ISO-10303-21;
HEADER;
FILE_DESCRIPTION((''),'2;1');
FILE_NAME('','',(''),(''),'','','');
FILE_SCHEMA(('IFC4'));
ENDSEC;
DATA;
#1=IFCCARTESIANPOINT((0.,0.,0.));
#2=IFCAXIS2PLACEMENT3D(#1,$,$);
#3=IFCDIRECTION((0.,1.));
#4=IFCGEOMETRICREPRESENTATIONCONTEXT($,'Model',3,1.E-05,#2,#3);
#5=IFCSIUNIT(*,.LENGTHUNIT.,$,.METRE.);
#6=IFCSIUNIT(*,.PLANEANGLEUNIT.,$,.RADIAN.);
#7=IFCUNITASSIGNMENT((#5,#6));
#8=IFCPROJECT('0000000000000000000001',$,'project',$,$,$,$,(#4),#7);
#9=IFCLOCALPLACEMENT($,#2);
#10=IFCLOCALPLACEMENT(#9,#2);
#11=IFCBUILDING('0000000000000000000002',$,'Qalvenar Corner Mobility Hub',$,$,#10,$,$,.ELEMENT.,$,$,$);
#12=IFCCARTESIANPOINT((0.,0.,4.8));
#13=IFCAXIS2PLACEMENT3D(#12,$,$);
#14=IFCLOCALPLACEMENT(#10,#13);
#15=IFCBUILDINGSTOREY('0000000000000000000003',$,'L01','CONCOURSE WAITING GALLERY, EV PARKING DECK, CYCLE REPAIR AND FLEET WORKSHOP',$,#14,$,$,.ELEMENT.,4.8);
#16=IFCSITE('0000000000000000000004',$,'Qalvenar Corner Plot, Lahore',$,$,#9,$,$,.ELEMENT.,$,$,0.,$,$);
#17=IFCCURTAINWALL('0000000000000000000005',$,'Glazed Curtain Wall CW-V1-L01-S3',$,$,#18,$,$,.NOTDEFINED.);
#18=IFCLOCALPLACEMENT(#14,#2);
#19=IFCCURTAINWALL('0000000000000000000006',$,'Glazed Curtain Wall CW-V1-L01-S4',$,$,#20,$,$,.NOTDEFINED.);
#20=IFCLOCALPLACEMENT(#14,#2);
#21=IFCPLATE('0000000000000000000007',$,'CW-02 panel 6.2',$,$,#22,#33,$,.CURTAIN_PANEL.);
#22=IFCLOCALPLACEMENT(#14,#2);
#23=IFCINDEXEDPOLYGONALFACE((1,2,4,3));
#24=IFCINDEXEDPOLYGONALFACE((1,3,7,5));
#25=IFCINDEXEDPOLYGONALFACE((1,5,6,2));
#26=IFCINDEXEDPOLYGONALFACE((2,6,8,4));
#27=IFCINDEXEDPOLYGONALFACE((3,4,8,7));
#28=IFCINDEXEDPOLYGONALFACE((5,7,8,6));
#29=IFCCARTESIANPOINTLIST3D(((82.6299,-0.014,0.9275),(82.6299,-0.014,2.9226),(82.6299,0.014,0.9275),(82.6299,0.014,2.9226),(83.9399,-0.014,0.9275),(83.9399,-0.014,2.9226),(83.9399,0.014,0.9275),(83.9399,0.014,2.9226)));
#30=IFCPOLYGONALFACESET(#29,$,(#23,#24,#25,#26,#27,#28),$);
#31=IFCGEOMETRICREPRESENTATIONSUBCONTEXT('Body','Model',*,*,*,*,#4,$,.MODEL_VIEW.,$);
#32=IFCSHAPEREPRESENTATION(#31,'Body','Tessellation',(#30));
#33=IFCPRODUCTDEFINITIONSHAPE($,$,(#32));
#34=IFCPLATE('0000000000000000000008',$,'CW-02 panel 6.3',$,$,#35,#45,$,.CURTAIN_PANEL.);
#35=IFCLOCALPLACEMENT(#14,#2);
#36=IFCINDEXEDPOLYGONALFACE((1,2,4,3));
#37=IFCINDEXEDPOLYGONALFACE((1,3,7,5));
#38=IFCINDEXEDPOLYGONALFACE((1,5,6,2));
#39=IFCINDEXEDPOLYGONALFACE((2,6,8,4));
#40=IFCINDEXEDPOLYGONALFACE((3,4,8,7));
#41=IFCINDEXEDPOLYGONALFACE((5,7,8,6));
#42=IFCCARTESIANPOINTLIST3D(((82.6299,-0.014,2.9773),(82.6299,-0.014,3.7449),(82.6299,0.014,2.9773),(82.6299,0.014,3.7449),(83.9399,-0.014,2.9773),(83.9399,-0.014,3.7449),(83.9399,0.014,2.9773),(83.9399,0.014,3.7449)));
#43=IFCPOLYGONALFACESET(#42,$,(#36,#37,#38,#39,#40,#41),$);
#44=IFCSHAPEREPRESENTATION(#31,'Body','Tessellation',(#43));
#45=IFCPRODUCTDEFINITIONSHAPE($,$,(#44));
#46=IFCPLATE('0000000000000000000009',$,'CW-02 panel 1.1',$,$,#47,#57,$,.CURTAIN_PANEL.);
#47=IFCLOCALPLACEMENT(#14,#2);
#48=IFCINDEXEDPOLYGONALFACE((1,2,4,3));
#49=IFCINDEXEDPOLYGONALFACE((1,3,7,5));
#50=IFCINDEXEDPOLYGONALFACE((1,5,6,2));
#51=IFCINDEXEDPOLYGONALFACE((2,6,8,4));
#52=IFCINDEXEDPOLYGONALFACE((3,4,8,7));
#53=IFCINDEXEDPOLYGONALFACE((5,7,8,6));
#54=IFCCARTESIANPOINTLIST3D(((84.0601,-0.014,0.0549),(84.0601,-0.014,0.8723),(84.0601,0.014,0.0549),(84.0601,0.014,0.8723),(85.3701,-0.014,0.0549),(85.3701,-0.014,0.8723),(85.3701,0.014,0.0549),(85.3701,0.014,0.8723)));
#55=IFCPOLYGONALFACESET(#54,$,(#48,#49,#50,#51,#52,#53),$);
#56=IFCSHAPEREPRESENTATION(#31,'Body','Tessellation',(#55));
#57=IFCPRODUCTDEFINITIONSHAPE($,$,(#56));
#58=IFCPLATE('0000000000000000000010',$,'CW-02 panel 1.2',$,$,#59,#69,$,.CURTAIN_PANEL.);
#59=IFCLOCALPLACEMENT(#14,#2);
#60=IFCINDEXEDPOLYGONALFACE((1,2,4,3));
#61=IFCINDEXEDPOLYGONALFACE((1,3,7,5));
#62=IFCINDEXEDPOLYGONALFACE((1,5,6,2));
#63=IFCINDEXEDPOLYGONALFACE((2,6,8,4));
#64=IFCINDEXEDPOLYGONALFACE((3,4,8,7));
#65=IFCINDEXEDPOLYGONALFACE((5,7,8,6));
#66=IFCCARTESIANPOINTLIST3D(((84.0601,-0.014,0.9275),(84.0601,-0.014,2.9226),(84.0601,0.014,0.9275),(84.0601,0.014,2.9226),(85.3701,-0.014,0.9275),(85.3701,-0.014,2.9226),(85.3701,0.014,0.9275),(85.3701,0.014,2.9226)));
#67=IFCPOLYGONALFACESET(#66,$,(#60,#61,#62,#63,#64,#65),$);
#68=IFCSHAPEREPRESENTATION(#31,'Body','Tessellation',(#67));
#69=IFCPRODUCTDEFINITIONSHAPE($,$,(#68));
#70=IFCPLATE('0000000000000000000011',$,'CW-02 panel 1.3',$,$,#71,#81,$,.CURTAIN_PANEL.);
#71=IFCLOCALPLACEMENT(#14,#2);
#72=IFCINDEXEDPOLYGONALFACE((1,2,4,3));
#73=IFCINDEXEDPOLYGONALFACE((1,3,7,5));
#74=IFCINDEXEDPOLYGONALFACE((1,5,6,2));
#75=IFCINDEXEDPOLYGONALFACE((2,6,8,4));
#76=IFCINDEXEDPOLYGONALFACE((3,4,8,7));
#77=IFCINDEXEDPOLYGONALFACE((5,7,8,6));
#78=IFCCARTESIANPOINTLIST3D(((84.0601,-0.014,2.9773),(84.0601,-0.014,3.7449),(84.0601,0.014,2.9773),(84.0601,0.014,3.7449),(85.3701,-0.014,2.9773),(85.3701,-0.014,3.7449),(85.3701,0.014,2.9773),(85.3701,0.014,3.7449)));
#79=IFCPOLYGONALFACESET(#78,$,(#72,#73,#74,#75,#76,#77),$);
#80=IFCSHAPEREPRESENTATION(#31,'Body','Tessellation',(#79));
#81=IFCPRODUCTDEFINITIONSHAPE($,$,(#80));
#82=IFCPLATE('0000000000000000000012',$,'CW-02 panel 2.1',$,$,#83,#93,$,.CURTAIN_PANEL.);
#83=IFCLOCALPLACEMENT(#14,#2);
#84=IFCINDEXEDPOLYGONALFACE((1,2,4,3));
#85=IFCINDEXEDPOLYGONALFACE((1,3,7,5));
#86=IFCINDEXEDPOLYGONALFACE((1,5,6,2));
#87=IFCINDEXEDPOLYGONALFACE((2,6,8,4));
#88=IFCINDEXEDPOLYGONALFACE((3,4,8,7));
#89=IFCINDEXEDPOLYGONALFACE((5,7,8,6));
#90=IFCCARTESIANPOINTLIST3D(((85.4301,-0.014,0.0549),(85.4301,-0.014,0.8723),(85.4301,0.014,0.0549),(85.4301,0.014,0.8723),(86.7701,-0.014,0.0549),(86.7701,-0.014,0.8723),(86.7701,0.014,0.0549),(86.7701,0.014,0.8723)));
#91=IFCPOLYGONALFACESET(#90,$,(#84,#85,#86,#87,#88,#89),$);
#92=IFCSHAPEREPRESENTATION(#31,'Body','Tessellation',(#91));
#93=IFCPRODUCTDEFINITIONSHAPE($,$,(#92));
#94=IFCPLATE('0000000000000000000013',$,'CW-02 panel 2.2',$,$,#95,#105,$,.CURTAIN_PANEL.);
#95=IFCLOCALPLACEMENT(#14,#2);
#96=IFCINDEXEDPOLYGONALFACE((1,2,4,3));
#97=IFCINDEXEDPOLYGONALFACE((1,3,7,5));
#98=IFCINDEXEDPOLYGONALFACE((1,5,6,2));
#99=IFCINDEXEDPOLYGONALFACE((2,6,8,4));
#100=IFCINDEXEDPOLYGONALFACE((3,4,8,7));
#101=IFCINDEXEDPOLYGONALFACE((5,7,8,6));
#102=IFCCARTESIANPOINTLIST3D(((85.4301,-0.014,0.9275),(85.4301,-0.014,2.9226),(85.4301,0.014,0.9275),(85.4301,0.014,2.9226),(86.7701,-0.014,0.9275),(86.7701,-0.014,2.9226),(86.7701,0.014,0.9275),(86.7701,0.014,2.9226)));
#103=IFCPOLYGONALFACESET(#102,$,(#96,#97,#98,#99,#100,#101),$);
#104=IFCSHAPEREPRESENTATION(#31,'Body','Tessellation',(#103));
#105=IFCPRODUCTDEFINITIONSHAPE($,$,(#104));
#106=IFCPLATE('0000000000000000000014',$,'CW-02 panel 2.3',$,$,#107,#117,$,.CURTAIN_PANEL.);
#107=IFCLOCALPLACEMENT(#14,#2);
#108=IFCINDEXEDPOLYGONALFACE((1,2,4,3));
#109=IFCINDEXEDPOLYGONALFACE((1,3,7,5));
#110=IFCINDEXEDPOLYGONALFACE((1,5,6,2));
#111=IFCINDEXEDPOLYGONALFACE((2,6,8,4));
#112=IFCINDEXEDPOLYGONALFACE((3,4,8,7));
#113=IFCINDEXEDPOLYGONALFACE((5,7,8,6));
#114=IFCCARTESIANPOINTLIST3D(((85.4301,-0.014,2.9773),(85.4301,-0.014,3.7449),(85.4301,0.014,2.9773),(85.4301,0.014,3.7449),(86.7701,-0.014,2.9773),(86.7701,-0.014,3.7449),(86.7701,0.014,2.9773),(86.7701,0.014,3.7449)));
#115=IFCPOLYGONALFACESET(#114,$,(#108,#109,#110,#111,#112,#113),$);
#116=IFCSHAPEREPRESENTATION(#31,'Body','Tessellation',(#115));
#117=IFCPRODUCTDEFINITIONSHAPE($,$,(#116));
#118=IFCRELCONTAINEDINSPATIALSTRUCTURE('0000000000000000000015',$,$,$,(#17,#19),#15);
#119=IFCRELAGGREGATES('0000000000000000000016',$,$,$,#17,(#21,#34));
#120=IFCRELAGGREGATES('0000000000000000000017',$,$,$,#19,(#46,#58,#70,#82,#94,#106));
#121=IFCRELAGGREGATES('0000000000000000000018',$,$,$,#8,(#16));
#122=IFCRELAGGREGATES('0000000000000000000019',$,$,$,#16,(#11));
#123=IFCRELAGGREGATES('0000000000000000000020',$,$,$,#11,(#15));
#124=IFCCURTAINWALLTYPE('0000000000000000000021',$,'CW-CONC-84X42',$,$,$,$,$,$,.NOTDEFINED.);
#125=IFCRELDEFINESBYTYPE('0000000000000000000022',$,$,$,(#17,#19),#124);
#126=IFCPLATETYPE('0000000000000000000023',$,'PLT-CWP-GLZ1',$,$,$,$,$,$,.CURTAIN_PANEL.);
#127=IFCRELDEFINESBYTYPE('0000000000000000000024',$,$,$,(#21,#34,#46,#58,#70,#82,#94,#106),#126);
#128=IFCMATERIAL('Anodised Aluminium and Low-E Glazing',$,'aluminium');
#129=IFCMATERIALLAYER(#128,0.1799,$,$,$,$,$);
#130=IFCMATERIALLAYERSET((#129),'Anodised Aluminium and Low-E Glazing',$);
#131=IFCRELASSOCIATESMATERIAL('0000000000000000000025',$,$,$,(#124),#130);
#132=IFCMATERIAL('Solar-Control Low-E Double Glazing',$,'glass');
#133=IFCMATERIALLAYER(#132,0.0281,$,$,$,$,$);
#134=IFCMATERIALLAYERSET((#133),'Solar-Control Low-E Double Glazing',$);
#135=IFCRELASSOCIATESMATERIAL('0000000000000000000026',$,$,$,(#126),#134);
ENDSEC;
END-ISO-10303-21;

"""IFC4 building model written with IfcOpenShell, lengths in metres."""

from ifc_helpers import new_model, si_unit, direction, frame, origin, origin_2d, place, context, subcontext, project, spatial, rectangle, extrude, material, layer, layer_set, type_object, element, aggregate, save


model = new_model("IFC4")

# Units and contexts
model_context = context("Model", 3, precision=1e-05, world=origin(), true_north=direction((0.0, 1.0)))
body_context = subcontext(model_context, "Body", "Model", "MODEL_VIEW")
ifc_project = project(units=[si_unit("LENGTHUNIT", "METRE"), si_unit("PLANEANGLEUNIT", "RADIAN")], contexts=[model_context])

# Site, building, storey
site_placement = place(None, origin())
site = spatial("IfcSite", under=ifc_project, at=site_placement, Name="Qalvenar Corner Plot, Lahore", CompositionType="ELEMENT", RefElevation=0.0)
building_placement = place(site_placement, origin())
building = spatial("IfcBuilding", under=site, at=building_placement, Name="Qalvenar Corner Mobility Hub", CompositionType="ELEMENT")
storey_placement = place(building_placement, frame((0.0, 0.0, 4.8)))
storey = spatial("IfcBuildingStorey", under=building, at=storey_placement, Name="L01", Description="CONCOURSE WAITING GALLERY, EV PARKING DECK, CYCLE REPAIR AND FLEET WORKSHOP", CompositionType="ELEMENT", Elevation=4.8)

# Curtain walls
ifc_material_1 = material(Name="Anodised Aluminium and Low-E Glazing", Category="aluminium")
ifc_layer_1 = layer(ifc_material_1, 0.1799)
ifc_layer_set_1 = layer_set([ifc_layer_1], Name="Anodised Aluminium and Low-E Glazing")
curtain_wall_type = type_object("IfcCurtainWallType", Name="CW-CONC-84X42", PredefinedType="NOTDEFINED", material=ifc_layer_set_1)
curtain_wall_1_placement = place(storey_placement, origin())
curtain_wall_1 = element("IfcCurtainWall", 1, at=curtain_wall_1_placement, inside=storey, type_object=curtain_wall_type, Name="Glazed Curtain Wall CW-V1-L01-S3", PredefinedType="NOTDEFINED")
curtain_wall_2_placement = place(storey_placement, origin())
curtain_wall_2 = element("IfcCurtainWall", 2, at=curtain_wall_2_placement, inside=storey, type_object=curtain_wall_type, Name="Glazed Curtain Wall CW-V1-L01-S4", PredefinedType="NOTDEFINED")

# Plates
ifc_material_2 = material(Name="Solar-Control Low-E Double Glazing", Category="glass")
ifc_layer_2 = layer(ifc_material_2, 0.0281)
ifc_layer_set_2 = layer_set([ifc_layer_2], Name="Solar-Control Low-E Double Glazing")
plate_type = type_object("IfcPlateType", Name="PLT-CWP-GLZ1", PredefinedType="CURTAIN_PANEL", material=ifc_layer_set_2)
plate_1_placement = place(storey_placement, frame((83.2849, 0.0, 0.9275), z_axis=(0.0, 0.0, 1.0), x_axis=(1.0, 0.0, 0.0)))
plate_1 = element("IfcPlate", 3, at=plate_1_placement, type_object=plate_type, Name="CW-02 panel 6.2", PredefinedType="CURTAIN_PANEL", context=body_context, shape_type="SweptSolid", body=[
    extrude(rectangle(XDim=1.3101, YDim=0.0281, at=origin_2d()), origin(), (0.0, 0.0, 1.0), 1.9951),
])
plate_2_placement = place(storey_placement, frame((83.2849, 0.0, 2.9773), z_axis=(0.0, 0.0, 1.0), x_axis=(1.0, 0.0, 0.0)))
plate_2 = element("IfcPlate", 4, at=plate_2_placement, type_object=plate_type, Name="CW-02 panel 6.3", PredefinedType="CURTAIN_PANEL", context=body_context, shape_type="SweptSolid", body=[
    extrude(rectangle(XDim=1.3101, YDim=0.0281, at=origin_2d()), origin(), (0.0, 0.0, 1.0), 0.7676),
])
aggregate(curtain_wall_1, [plate_1, plate_2])
plate_3_placement = place(storey_placement, frame((84.7151, 0.0, 0.0549), z_axis=(0.0, 0.0, 1.0), x_axis=(1.0, 0.0, 0.0)))
plate_3 = element("IfcPlate", 5, at=plate_3_placement, type_object=plate_type, Name="CW-02 panel 1.1", PredefinedType="CURTAIN_PANEL", context=body_context, shape_type="SweptSolid", body=[
    extrude(rectangle(XDim=1.3101, YDim=0.0281, at=origin_2d()), origin(), (0.0, 0.0, 1.0), 0.8174),
])
plate_4_placement = place(storey_placement, frame((84.7151, 0.0, 0.9275), z_axis=(0.0, 0.0, 1.0), x_axis=(1.0, 0.0, 0.0)))
plate_4 = element("IfcPlate", 6, at=plate_4_placement, type_object=plate_type, Name="CW-02 panel 1.2", PredefinedType="CURTAIN_PANEL", context=body_context, shape_type="SweptSolid", body=[
    extrude(rectangle(XDim=1.3101, YDim=0.0281, at=origin_2d()), origin(), (0.0, 0.0, 1.0), 1.9951),
])
plate_5_placement = place(storey_placement, frame((84.7151, 0.0, 2.9773), z_axis=(0.0, 0.0, 1.0), x_axis=(1.0, 0.0, 0.0)))
plate_5 = element("IfcPlate", 7, at=plate_5_placement, type_object=plate_type, Name="CW-02 panel 1.3", PredefinedType="CURTAIN_PANEL", context=body_context, shape_type="SweptSolid", body=[
    extrude(rectangle(XDim=1.3101, YDim=0.0281, at=origin_2d()), origin(), (0.0, 0.0, 1.0), 0.7676),
])
plate_6_placement = place(storey_placement, frame((86.1001, 0.0, 0.0549), z_axis=(0.0, 0.0, 1.0), x_axis=(1.0, 0.0, 0.0)))
plate_6 = element("IfcPlate", 8, at=plate_6_placement, type_object=plate_type, Name="CW-02 panel 2.1", PredefinedType="CURTAIN_PANEL", context=body_context, shape_type="SweptSolid", body=[
    extrude(rectangle(XDim=1.3401, YDim=0.0281, at=origin_2d()), origin(), (0.0, 0.0, 1.0), 0.8174),
])
plate_7_placement = place(storey_placement, frame((86.1001, 0.0, 0.9275), z_axis=(0.0, 0.0, 1.0), x_axis=(1.0, 0.0, 0.0)))
plate_7 = element("IfcPlate", 9, at=plate_7_placement, type_object=plate_type, Name="CW-02 panel 2.2", PredefinedType="CURTAIN_PANEL", context=body_context, shape_type="SweptSolid", body=[
    extrude(rectangle(XDim=1.3401, YDim=0.0281, at=origin_2d()), origin(), (0.0, 0.0, 1.0), 1.9951),
])
plate_8_placement = place(storey_placement, frame((86.1001, 0.0, 2.9773), z_axis=(0.0, 0.0, 1.0), x_axis=(1.0, 0.0, 0.0)))
plate_8 = element("IfcPlate", 10, at=plate_8_placement, type_object=plate_type, Name="CW-02 panel 2.3", PredefinedType="CURTAIN_PANEL", context=body_context, shape_type="SweptSolid", body=[
    extrude(rectangle(XDim=1.3401, YDim=0.0281, at=origin_2d()), origin(), (0.0, 0.0, 1.0), 0.7676),
])
aggregate(curtain_wall_2, [plate_3, plate_4, plate_5, plate_6, plate_7, plate_8])

save(model, "model.ifc")
